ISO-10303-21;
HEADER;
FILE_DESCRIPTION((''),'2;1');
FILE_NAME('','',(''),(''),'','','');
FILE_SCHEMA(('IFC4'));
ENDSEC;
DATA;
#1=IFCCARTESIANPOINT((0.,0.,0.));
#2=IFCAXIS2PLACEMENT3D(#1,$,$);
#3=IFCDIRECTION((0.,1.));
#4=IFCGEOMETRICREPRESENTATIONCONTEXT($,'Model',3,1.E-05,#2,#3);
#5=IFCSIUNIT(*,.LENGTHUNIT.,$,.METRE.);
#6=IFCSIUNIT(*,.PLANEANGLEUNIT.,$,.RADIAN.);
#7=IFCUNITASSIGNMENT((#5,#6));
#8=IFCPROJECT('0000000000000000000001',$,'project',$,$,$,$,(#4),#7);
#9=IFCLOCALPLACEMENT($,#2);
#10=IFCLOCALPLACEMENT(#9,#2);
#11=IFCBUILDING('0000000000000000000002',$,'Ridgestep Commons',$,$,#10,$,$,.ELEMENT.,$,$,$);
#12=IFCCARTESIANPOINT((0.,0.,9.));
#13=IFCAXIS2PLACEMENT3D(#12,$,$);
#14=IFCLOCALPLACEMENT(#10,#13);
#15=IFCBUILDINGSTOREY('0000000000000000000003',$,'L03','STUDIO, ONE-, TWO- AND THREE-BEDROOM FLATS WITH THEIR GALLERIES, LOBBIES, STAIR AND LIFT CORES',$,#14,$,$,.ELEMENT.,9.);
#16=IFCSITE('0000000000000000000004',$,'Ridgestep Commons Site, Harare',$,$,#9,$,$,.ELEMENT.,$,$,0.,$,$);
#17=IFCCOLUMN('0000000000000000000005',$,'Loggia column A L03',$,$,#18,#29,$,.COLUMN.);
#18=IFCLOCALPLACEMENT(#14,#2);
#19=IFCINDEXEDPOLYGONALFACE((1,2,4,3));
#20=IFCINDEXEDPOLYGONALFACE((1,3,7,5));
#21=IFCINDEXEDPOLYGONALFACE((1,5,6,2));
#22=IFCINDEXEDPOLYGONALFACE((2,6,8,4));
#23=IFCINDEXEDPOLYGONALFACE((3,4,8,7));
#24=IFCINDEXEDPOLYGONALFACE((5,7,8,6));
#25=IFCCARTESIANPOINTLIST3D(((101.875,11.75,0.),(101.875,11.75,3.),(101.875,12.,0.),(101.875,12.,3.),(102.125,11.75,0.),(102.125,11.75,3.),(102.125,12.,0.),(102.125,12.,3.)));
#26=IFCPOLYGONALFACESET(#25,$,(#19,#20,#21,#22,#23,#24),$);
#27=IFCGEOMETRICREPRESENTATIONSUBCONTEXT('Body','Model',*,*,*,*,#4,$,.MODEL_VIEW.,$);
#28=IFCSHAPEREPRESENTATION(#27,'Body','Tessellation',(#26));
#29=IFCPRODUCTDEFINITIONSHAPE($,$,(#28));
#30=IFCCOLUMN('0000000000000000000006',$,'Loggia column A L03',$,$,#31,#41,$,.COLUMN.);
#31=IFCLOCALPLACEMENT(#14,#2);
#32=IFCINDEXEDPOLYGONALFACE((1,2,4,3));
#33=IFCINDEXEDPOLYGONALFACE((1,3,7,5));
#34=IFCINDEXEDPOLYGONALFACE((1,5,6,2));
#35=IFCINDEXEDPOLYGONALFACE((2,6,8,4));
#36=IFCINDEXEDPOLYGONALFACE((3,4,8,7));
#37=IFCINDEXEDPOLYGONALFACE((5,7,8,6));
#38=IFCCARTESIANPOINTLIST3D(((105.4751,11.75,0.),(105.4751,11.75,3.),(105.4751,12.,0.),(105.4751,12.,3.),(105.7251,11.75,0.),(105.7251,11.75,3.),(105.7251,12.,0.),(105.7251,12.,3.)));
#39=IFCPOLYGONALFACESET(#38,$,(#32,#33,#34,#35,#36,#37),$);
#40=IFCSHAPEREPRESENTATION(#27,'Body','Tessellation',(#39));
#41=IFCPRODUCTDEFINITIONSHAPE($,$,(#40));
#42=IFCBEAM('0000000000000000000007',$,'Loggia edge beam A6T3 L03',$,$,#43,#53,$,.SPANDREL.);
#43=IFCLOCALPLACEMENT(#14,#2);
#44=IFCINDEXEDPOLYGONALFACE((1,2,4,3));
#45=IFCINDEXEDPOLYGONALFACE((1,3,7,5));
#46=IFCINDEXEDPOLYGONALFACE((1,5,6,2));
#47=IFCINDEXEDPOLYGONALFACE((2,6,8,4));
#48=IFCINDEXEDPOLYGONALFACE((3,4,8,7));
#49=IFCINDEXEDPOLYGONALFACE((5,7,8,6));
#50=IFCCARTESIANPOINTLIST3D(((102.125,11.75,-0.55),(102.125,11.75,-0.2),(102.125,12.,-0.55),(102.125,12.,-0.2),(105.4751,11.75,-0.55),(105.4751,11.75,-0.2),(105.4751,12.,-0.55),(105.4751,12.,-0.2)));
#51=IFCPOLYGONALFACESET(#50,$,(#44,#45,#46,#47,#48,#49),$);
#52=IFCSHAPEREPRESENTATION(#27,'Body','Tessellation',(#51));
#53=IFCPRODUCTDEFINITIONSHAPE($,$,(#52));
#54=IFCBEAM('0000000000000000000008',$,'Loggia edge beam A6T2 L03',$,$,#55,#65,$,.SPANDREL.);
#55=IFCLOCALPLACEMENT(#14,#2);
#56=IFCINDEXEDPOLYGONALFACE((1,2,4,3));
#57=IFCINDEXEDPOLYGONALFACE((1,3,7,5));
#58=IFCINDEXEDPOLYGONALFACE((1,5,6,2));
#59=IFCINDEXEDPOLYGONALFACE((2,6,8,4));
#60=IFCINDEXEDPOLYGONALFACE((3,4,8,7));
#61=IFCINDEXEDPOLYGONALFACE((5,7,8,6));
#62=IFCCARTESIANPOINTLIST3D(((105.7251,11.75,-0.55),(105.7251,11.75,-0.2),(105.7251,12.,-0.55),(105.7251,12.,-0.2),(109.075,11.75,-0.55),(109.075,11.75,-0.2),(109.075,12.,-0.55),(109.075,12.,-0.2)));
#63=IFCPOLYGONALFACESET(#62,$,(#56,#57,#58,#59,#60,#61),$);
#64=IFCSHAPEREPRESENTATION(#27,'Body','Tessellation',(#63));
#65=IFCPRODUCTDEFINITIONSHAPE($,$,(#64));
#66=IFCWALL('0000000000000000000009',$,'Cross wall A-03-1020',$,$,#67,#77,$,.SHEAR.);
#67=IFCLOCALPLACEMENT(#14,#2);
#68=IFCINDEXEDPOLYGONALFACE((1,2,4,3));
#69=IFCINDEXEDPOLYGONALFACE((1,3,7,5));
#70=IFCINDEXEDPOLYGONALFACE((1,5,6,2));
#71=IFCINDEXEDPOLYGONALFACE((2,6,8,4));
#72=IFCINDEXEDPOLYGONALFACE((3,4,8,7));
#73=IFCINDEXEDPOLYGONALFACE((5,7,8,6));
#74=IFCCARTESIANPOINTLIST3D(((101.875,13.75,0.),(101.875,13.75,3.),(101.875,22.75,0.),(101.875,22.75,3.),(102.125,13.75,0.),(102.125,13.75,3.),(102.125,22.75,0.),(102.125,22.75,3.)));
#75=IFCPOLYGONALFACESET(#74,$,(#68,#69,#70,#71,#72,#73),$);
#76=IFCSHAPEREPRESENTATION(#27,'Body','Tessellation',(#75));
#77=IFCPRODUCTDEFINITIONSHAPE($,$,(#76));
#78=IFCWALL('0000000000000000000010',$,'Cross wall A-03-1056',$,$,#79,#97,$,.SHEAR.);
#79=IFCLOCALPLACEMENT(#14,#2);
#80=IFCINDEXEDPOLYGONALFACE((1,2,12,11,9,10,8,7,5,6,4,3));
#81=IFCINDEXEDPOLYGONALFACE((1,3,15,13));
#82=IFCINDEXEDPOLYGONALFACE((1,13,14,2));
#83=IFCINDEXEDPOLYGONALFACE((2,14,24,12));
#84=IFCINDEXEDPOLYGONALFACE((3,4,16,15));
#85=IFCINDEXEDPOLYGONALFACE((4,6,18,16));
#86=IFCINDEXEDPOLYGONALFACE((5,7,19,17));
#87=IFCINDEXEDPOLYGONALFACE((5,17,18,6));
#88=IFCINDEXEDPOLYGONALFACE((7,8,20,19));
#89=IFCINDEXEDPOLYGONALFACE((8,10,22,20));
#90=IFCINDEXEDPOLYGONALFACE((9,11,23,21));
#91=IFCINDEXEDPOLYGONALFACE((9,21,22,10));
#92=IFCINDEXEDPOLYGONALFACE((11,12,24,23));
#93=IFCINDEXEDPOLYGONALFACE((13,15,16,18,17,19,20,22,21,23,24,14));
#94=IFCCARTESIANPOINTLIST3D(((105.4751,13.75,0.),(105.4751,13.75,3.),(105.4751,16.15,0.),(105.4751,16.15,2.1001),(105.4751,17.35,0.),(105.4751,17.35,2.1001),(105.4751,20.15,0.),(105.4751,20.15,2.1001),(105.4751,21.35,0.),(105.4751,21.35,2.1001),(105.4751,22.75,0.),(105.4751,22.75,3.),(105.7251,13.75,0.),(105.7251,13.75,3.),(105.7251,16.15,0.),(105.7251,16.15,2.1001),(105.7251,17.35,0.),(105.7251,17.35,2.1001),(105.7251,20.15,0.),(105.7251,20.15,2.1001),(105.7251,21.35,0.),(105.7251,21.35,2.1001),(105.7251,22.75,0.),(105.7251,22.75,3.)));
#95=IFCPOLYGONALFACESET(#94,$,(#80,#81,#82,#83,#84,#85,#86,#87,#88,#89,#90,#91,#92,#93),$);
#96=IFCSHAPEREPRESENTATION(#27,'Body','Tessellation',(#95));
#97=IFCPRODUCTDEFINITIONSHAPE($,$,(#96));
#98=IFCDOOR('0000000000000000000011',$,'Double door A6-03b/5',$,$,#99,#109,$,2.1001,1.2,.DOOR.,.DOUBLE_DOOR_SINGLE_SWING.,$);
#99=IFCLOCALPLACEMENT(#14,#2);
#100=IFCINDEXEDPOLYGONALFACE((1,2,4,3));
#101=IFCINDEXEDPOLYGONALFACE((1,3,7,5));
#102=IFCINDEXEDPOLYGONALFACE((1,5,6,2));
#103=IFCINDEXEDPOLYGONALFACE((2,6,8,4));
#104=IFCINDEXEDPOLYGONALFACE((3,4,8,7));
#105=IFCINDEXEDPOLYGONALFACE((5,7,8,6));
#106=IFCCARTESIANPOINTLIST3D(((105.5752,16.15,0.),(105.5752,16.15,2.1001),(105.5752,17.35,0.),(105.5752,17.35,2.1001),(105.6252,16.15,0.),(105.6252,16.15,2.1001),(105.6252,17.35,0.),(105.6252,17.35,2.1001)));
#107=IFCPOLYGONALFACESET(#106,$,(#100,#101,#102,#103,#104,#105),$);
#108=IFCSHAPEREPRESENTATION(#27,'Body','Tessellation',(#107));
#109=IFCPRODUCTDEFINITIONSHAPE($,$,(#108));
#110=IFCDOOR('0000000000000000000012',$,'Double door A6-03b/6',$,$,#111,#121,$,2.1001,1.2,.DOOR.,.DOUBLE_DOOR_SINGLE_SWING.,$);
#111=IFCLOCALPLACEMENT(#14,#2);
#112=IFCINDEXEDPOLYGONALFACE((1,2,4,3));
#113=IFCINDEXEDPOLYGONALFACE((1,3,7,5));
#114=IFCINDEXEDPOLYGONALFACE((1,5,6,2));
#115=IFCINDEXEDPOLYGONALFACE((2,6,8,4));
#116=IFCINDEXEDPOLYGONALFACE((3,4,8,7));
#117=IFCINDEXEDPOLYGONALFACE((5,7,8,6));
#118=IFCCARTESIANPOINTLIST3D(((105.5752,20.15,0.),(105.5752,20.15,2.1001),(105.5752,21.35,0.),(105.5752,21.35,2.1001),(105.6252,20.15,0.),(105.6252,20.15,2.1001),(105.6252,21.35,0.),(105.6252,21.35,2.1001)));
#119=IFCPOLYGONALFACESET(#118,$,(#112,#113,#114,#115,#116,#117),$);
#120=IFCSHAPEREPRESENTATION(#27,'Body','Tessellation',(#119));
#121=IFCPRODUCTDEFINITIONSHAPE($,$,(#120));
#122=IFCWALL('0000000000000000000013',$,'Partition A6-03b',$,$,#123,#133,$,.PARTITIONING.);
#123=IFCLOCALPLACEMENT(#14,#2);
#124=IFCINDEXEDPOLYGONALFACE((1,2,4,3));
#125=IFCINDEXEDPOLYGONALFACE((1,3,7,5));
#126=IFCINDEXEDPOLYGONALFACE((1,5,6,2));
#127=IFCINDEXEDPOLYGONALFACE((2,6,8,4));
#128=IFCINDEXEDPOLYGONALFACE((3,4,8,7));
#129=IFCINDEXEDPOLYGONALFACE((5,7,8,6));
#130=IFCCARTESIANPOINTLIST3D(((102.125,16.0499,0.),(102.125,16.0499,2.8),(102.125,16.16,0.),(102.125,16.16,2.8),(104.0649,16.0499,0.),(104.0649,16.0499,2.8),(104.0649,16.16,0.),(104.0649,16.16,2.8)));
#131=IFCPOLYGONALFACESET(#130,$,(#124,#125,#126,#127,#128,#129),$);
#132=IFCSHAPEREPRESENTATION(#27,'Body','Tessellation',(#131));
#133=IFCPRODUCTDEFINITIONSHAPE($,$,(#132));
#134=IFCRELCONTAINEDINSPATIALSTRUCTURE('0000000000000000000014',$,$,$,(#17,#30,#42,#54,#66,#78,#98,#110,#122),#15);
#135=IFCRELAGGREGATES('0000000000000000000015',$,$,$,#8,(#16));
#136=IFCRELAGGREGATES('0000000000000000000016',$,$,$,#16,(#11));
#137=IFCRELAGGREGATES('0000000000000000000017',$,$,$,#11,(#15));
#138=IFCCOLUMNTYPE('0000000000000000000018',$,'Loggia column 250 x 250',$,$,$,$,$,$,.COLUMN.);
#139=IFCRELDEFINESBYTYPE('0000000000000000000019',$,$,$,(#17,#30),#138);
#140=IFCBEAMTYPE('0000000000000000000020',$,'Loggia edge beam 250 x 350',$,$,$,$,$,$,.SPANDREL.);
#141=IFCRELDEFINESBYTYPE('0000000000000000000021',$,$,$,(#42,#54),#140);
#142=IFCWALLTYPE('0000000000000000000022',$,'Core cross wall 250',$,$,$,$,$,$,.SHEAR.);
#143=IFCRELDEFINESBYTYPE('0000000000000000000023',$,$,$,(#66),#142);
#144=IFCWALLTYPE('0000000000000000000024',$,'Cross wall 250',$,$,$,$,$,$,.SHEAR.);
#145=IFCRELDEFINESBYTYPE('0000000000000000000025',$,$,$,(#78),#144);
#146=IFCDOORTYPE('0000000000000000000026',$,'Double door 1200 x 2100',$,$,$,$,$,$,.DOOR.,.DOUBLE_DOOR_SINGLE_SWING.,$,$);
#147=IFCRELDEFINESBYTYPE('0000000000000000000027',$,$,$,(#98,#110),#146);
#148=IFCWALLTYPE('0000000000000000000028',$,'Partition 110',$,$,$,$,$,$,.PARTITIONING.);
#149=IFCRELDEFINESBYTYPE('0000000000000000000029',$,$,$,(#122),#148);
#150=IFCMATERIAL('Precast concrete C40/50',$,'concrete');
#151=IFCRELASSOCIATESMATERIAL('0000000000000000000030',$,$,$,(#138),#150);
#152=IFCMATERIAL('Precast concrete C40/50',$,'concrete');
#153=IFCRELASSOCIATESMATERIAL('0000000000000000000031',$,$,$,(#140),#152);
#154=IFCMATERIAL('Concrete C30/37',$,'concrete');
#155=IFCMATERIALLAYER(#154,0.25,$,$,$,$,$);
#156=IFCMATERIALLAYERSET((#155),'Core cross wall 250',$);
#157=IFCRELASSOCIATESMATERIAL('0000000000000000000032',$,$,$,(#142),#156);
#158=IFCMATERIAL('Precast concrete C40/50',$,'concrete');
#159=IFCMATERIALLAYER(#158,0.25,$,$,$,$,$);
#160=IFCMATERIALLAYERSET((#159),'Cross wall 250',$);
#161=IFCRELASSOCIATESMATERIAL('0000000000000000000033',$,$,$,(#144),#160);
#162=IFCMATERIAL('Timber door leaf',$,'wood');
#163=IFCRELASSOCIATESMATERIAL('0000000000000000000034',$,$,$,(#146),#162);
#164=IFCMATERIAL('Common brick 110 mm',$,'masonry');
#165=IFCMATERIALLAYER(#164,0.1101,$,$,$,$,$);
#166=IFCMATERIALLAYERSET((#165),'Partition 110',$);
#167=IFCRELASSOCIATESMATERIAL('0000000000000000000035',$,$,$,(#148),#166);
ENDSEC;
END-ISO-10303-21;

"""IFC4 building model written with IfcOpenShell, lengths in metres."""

from ifc_helpers import new_model, si_unit, direction, frame, frame_2d, origin, origin_2d, place, context, subcontext, project, spatial, rectangle, extrude, material, layer, layer_set, material_profile, profile_set, type_object, element, fill, save


model = new_model("IFC4")

# Units and contexts
model_context = context("Model", 3, precision=1e-05, world=origin(), true_north=direction((0.0, 1.0)))
body_context = subcontext(model_context, "Body", "Model", "MODEL_VIEW")
ifc_project = project(units=[si_unit("LENGTHUNIT", "METRE"), si_unit("PLANEANGLEUNIT", "RADIAN")], contexts=[model_context])

# Site, building, storey
site_placement = place(None, origin())
site = spatial("IfcSite", under=ifc_project, at=site_placement, Name="Ridgestep Commons Site, Harare", CompositionType="ELEMENT", RefElevation=0.0)
building_placement = place(site_placement, origin())
building = spatial("IfcBuilding", under=site, at=building_placement, Name="Ridgestep Commons", CompositionType="ELEMENT")
storey_placement = place(building_placement, frame((0.0, 0.0, 9.0)))
storey = spatial("IfcBuildingStorey", under=building, at=storey_placement, Name="L03", Description="STUDIO, ONE-, TWO- AND THREE-BEDROOM FLATS WITH THEIR GALLERIES, LOBBIES, STAIR AND LIFT CORES", CompositionType="ELEMENT", Elevation=9.0)

# Columns
ifc_material_1 = material(Name="Precast concrete C40/50", Category="concrete")
ifc_material_profile_1 = material_profile(ifc_material_1, rectangle(XDim=0.25, YDim=0.25, at=origin_2d()), Name="PC 250x250")
ifc_profile_set_1 = profile_set([ifc_material_profile_1], Name="Precast concrete C40/50")
column_type = type_object("IfcColumnType", Name="Loggia column 250 x 250", PredefinedType="COLUMN", material=ifc_profile_set_1)
for number, where, z_axis, x_axis, name in (
    (1, (102.0, 11.875, 0.0), (0.0, 0.0, 1.0), (1.0, 0.0, 0.0), "Loggia column A L03"),
    (2, (105.6001, 11.875, 0.0), (0.0, 0.0, 1.0), (1.0, 0.0, 0.0), "Loggia column A L03"),
):
    element("IfcColumn", number, at=place(storey_placement, frame(where, z_axis=z_axis, x_axis=x_axis)), inside=storey, type_object=column_type, Name=name, PredefinedType="COLUMN", context=body_context, shape_type="SweptSolid", body=[
        extrude(rectangle(XDim=0.25, YDim=0.25, at=origin_2d()), origin(), (0.0, 0.0, 1.0), 3.0),
    ])

# Beams
ifc_material_2 = material(Name="Precast concrete C40/50", Category="concrete")
ifc_material_profile_2 = material_profile(ifc_material_2, rectangle(XDim=0.25, YDim=0.3501, at=origin_2d()), Name="PC 250x350")
ifc_profile_set_2 = profile_set([ifc_material_profile_2], Name="Precast concrete C40/50")
beam_type = type_object("IfcBeamType", Name="Loggia edge beam 250 x 350", PredefinedType="SPANDREL", material=ifc_profile_set_2)
beam_1_placement = place(storey_placement, frame((102.125, 11.875, -0.375), z_axis=(1.0, 0.0, 0.0), x_axis=(0.0, 1.0, 0.0)))
element("IfcBeam", 3, at=beam_1_placement, inside=storey, type_object=beam_type, Name="Loggia edge beam A6T3 L03", PredefinedType="SPANDREL", context=body_context, shape_type="SweptSolid", body=[
    extrude(rectangle(XDim=0.25, YDim=0.3501, at=origin_2d()), origin(), (0.0, 0.0, 1.0), 3.3501),
])
beam_2_placement = place(storey_placement, frame((105.7251, 11.875, -0.375), z_axis=(1.0, 0.0, 0.0), x_axis=(0.0, 1.0, 0.0)))
element("IfcBeam", 4, at=beam_2_placement, inside=storey, type_object=beam_type, Name="Loggia edge beam A6T2 L03", PredefinedType="SPANDREL", context=body_context, shape_type="SweptSolid", body=[
    extrude(rectangle(XDim=0.25, YDim=0.3501, at=origin_2d()), origin(), (0.0, 0.0, 1.0), 3.3499),
])

# Wall
ifc_material_3 = material(Name="Concrete C30/37", Category="concrete")
ifc_layer_1 = layer(ifc_material_3, 0.25)
ifc_layer_set_1 = layer_set([ifc_layer_1], Name="Core cross wall 250")
wall_type_1 = type_object("IfcWallType", Name="Core cross wall 250", PredefinedType="SHEAR", material=ifc_layer_set_1)
wall_1_placement = place(storey_placement, frame((102.0, 13.75, 0.0), z_axis=(0.0, 0.0, 1.0), x_axis=(0.0, 1.0, 0.0)))
element("IfcWall", 5, at=wall_1_placement, inside=storey, type_object=wall_type_1, Name="Cross wall A-03-1020", PredefinedType="SHEAR", context=body_context, shape_type="SweptSolid", body=[
    extrude(rectangle(XDim=9.0, YDim=0.25, at=frame_2d((4.5, 0.0))), origin(), (0.0, 0.0, 1.0), 3.0),
])

# Wall, openings, doors
ifc_material_4 = material(Name="Precast concrete C40/50", Category="concrete")
ifc_layer_2 = layer(ifc_material_4, 0.25)
ifc_layer_set_2 = layer_set([ifc_layer_2], Name="Cross wall 250")
wall_type_2 = type_object("IfcWallType", Name="Cross wall 250", PredefinedType="SHEAR", material=ifc_layer_set_2)
wall_2_placement = place(storey_placement, frame((105.6001, 13.75, 0.0), z_axis=(0.0, 0.0, 1.0), x_axis=(0.0, 1.0, 0.0)))
wall_2 = element("IfcWall", 6, at=wall_2_placement, inside=storey, type_object=wall_type_2, Name="Cross wall A-03-1056", PredefinedType="SHEAR", context=body_context, shape_type="SweptSolid", body=[
    extrude(rectangle(XDim=9.0, YDim=0.25, at=frame_2d((4.5, 0.0))), origin(), (0.0, 0.0, 1.0), 3.0),
])
opening_1_placement = place(wall_2_placement, frame((2.3999, 0.0, 0.0)))
opening_1 = element("IfcOpeningElement", 7, at=opening_1_placement, cuts=wall_2, PredefinedType="OPENING", context=body_context, shape_type="SweptSolid", body=[
    extrude(rectangle(XDim=1.2, YDim=2.1001, at=frame_2d((0.6001, 1.05))), frame((0.0, 0.135, 0.0), z_axis=(0.0, -1.0, 0.0), x_axis=(1.0, 0.0, 0.0)), (0.0, 0.0, 1.0), 0.27),
])
opening_2_placement = place(wall_2_placement, frame((6.3999, 0.0, 0.0)))
opening_2 = element("IfcOpeningElement", 8, at=opening_2_placement, cuts=wall_2, PredefinedType="OPENING", context=body_context, shape_type="SweptSolid", body=[
    extrude(rectangle(XDim=1.2, YDim=2.1001, at=frame_2d((0.6001, 1.05))), frame((0.0, 0.135, 0.0), z_axis=(0.0, -1.0, 0.0), x_axis=(1.0, 0.0, 0.0)), (0.0, 0.0, 1.0), 0.27),
])
ifc_material_5 = material(Name="Timber door leaf", Category="wood")
door_type_1 = type_object("IfcDoorType", Name="Double door 1200 x 2100", OperationType="DOUBLE_DOOR_SINGLE_SWING", PredefinedType="DOOR", material=ifc_material_5)
door_1_placement = place(opening_1_placement, origin())
door_1 = element("IfcDoor", 9, at=door_1_placement, inside=storey, type_object=door_type_1, Name="Double door A6-03b/5", OperationType="DOUBLE_DOOR_SINGLE_SWING", OverallHeight=2.1001, OverallWidth=1.2, PredefinedType="DOOR", context=body_context, shape_type="SweptSolid", body=[
    extrude(rectangle(XDim=1.2, YDim=2.1001, at=frame_2d((0.6001, 1.05))), frame((0.0, 0.0249, 0.0), z_axis=(0.0, -1.0, 0.0), x_axis=(1.0, 0.0, 0.0)), (0.0, 0.0, 1.0), 0.05),
])
fill(opening_1, door_1)
door_2_placement = place(opening_2_placement, origin())
door_2 = element("IfcDoor", 10, at=door_2_placement, inside=storey, type_object=door_type_1, Name="Double door A6-03b/6", OperationType="DOUBLE_DOOR_SINGLE_SWING", OverallHeight=2.1001, OverallWidth=1.2, PredefinedType="DOOR", context=body_context, shape_type="SweptSolid", body=[
    extrude(rectangle(XDim=1.2, YDim=2.1001, at=frame_2d((0.6001, 1.05))), frame((0.0, 0.0249, 0.0), z_axis=(0.0, -1.0, 0.0), x_axis=(1.0, 0.0, 0.0)), (0.0, 0.0, 1.0), 0.05),
])
fill(opening_2, door_2)

# Wall
ifc_material_6 = material(Name="Common brick 110 mm", Category="masonry")
ifc_layer_3 = layer(ifc_material_6, 0.1101)
ifc_layer_set_3 = layer_set([ifc_layer_3], Name="Partition 110")
wall_type_3 = type_object("IfcWallType", Name="Partition 110", PredefinedType="PARTITIONING", material=ifc_layer_set_3)
wall_3_placement = place(storey_placement, frame((102.125, 16.105, 0.0), z_axis=(0.0, 0.0, 1.0), x_axis=(1.0, 0.0, 0.0)))
element("IfcWall", 11, at=wall_3_placement, inside=storey, type_object=wall_type_3, Name="Partition A6-03b", PredefinedType="PARTITIONING", context=body_context, shape_type="SweptSolid", body=[
    extrude(rectangle(XDim=1.9399, YDim=0.1101, at=frame_2d((0.97, 0.0))), origin(), (0.0, 0.0, 1.0), 2.8),
])

save(model, "model.ifc")
